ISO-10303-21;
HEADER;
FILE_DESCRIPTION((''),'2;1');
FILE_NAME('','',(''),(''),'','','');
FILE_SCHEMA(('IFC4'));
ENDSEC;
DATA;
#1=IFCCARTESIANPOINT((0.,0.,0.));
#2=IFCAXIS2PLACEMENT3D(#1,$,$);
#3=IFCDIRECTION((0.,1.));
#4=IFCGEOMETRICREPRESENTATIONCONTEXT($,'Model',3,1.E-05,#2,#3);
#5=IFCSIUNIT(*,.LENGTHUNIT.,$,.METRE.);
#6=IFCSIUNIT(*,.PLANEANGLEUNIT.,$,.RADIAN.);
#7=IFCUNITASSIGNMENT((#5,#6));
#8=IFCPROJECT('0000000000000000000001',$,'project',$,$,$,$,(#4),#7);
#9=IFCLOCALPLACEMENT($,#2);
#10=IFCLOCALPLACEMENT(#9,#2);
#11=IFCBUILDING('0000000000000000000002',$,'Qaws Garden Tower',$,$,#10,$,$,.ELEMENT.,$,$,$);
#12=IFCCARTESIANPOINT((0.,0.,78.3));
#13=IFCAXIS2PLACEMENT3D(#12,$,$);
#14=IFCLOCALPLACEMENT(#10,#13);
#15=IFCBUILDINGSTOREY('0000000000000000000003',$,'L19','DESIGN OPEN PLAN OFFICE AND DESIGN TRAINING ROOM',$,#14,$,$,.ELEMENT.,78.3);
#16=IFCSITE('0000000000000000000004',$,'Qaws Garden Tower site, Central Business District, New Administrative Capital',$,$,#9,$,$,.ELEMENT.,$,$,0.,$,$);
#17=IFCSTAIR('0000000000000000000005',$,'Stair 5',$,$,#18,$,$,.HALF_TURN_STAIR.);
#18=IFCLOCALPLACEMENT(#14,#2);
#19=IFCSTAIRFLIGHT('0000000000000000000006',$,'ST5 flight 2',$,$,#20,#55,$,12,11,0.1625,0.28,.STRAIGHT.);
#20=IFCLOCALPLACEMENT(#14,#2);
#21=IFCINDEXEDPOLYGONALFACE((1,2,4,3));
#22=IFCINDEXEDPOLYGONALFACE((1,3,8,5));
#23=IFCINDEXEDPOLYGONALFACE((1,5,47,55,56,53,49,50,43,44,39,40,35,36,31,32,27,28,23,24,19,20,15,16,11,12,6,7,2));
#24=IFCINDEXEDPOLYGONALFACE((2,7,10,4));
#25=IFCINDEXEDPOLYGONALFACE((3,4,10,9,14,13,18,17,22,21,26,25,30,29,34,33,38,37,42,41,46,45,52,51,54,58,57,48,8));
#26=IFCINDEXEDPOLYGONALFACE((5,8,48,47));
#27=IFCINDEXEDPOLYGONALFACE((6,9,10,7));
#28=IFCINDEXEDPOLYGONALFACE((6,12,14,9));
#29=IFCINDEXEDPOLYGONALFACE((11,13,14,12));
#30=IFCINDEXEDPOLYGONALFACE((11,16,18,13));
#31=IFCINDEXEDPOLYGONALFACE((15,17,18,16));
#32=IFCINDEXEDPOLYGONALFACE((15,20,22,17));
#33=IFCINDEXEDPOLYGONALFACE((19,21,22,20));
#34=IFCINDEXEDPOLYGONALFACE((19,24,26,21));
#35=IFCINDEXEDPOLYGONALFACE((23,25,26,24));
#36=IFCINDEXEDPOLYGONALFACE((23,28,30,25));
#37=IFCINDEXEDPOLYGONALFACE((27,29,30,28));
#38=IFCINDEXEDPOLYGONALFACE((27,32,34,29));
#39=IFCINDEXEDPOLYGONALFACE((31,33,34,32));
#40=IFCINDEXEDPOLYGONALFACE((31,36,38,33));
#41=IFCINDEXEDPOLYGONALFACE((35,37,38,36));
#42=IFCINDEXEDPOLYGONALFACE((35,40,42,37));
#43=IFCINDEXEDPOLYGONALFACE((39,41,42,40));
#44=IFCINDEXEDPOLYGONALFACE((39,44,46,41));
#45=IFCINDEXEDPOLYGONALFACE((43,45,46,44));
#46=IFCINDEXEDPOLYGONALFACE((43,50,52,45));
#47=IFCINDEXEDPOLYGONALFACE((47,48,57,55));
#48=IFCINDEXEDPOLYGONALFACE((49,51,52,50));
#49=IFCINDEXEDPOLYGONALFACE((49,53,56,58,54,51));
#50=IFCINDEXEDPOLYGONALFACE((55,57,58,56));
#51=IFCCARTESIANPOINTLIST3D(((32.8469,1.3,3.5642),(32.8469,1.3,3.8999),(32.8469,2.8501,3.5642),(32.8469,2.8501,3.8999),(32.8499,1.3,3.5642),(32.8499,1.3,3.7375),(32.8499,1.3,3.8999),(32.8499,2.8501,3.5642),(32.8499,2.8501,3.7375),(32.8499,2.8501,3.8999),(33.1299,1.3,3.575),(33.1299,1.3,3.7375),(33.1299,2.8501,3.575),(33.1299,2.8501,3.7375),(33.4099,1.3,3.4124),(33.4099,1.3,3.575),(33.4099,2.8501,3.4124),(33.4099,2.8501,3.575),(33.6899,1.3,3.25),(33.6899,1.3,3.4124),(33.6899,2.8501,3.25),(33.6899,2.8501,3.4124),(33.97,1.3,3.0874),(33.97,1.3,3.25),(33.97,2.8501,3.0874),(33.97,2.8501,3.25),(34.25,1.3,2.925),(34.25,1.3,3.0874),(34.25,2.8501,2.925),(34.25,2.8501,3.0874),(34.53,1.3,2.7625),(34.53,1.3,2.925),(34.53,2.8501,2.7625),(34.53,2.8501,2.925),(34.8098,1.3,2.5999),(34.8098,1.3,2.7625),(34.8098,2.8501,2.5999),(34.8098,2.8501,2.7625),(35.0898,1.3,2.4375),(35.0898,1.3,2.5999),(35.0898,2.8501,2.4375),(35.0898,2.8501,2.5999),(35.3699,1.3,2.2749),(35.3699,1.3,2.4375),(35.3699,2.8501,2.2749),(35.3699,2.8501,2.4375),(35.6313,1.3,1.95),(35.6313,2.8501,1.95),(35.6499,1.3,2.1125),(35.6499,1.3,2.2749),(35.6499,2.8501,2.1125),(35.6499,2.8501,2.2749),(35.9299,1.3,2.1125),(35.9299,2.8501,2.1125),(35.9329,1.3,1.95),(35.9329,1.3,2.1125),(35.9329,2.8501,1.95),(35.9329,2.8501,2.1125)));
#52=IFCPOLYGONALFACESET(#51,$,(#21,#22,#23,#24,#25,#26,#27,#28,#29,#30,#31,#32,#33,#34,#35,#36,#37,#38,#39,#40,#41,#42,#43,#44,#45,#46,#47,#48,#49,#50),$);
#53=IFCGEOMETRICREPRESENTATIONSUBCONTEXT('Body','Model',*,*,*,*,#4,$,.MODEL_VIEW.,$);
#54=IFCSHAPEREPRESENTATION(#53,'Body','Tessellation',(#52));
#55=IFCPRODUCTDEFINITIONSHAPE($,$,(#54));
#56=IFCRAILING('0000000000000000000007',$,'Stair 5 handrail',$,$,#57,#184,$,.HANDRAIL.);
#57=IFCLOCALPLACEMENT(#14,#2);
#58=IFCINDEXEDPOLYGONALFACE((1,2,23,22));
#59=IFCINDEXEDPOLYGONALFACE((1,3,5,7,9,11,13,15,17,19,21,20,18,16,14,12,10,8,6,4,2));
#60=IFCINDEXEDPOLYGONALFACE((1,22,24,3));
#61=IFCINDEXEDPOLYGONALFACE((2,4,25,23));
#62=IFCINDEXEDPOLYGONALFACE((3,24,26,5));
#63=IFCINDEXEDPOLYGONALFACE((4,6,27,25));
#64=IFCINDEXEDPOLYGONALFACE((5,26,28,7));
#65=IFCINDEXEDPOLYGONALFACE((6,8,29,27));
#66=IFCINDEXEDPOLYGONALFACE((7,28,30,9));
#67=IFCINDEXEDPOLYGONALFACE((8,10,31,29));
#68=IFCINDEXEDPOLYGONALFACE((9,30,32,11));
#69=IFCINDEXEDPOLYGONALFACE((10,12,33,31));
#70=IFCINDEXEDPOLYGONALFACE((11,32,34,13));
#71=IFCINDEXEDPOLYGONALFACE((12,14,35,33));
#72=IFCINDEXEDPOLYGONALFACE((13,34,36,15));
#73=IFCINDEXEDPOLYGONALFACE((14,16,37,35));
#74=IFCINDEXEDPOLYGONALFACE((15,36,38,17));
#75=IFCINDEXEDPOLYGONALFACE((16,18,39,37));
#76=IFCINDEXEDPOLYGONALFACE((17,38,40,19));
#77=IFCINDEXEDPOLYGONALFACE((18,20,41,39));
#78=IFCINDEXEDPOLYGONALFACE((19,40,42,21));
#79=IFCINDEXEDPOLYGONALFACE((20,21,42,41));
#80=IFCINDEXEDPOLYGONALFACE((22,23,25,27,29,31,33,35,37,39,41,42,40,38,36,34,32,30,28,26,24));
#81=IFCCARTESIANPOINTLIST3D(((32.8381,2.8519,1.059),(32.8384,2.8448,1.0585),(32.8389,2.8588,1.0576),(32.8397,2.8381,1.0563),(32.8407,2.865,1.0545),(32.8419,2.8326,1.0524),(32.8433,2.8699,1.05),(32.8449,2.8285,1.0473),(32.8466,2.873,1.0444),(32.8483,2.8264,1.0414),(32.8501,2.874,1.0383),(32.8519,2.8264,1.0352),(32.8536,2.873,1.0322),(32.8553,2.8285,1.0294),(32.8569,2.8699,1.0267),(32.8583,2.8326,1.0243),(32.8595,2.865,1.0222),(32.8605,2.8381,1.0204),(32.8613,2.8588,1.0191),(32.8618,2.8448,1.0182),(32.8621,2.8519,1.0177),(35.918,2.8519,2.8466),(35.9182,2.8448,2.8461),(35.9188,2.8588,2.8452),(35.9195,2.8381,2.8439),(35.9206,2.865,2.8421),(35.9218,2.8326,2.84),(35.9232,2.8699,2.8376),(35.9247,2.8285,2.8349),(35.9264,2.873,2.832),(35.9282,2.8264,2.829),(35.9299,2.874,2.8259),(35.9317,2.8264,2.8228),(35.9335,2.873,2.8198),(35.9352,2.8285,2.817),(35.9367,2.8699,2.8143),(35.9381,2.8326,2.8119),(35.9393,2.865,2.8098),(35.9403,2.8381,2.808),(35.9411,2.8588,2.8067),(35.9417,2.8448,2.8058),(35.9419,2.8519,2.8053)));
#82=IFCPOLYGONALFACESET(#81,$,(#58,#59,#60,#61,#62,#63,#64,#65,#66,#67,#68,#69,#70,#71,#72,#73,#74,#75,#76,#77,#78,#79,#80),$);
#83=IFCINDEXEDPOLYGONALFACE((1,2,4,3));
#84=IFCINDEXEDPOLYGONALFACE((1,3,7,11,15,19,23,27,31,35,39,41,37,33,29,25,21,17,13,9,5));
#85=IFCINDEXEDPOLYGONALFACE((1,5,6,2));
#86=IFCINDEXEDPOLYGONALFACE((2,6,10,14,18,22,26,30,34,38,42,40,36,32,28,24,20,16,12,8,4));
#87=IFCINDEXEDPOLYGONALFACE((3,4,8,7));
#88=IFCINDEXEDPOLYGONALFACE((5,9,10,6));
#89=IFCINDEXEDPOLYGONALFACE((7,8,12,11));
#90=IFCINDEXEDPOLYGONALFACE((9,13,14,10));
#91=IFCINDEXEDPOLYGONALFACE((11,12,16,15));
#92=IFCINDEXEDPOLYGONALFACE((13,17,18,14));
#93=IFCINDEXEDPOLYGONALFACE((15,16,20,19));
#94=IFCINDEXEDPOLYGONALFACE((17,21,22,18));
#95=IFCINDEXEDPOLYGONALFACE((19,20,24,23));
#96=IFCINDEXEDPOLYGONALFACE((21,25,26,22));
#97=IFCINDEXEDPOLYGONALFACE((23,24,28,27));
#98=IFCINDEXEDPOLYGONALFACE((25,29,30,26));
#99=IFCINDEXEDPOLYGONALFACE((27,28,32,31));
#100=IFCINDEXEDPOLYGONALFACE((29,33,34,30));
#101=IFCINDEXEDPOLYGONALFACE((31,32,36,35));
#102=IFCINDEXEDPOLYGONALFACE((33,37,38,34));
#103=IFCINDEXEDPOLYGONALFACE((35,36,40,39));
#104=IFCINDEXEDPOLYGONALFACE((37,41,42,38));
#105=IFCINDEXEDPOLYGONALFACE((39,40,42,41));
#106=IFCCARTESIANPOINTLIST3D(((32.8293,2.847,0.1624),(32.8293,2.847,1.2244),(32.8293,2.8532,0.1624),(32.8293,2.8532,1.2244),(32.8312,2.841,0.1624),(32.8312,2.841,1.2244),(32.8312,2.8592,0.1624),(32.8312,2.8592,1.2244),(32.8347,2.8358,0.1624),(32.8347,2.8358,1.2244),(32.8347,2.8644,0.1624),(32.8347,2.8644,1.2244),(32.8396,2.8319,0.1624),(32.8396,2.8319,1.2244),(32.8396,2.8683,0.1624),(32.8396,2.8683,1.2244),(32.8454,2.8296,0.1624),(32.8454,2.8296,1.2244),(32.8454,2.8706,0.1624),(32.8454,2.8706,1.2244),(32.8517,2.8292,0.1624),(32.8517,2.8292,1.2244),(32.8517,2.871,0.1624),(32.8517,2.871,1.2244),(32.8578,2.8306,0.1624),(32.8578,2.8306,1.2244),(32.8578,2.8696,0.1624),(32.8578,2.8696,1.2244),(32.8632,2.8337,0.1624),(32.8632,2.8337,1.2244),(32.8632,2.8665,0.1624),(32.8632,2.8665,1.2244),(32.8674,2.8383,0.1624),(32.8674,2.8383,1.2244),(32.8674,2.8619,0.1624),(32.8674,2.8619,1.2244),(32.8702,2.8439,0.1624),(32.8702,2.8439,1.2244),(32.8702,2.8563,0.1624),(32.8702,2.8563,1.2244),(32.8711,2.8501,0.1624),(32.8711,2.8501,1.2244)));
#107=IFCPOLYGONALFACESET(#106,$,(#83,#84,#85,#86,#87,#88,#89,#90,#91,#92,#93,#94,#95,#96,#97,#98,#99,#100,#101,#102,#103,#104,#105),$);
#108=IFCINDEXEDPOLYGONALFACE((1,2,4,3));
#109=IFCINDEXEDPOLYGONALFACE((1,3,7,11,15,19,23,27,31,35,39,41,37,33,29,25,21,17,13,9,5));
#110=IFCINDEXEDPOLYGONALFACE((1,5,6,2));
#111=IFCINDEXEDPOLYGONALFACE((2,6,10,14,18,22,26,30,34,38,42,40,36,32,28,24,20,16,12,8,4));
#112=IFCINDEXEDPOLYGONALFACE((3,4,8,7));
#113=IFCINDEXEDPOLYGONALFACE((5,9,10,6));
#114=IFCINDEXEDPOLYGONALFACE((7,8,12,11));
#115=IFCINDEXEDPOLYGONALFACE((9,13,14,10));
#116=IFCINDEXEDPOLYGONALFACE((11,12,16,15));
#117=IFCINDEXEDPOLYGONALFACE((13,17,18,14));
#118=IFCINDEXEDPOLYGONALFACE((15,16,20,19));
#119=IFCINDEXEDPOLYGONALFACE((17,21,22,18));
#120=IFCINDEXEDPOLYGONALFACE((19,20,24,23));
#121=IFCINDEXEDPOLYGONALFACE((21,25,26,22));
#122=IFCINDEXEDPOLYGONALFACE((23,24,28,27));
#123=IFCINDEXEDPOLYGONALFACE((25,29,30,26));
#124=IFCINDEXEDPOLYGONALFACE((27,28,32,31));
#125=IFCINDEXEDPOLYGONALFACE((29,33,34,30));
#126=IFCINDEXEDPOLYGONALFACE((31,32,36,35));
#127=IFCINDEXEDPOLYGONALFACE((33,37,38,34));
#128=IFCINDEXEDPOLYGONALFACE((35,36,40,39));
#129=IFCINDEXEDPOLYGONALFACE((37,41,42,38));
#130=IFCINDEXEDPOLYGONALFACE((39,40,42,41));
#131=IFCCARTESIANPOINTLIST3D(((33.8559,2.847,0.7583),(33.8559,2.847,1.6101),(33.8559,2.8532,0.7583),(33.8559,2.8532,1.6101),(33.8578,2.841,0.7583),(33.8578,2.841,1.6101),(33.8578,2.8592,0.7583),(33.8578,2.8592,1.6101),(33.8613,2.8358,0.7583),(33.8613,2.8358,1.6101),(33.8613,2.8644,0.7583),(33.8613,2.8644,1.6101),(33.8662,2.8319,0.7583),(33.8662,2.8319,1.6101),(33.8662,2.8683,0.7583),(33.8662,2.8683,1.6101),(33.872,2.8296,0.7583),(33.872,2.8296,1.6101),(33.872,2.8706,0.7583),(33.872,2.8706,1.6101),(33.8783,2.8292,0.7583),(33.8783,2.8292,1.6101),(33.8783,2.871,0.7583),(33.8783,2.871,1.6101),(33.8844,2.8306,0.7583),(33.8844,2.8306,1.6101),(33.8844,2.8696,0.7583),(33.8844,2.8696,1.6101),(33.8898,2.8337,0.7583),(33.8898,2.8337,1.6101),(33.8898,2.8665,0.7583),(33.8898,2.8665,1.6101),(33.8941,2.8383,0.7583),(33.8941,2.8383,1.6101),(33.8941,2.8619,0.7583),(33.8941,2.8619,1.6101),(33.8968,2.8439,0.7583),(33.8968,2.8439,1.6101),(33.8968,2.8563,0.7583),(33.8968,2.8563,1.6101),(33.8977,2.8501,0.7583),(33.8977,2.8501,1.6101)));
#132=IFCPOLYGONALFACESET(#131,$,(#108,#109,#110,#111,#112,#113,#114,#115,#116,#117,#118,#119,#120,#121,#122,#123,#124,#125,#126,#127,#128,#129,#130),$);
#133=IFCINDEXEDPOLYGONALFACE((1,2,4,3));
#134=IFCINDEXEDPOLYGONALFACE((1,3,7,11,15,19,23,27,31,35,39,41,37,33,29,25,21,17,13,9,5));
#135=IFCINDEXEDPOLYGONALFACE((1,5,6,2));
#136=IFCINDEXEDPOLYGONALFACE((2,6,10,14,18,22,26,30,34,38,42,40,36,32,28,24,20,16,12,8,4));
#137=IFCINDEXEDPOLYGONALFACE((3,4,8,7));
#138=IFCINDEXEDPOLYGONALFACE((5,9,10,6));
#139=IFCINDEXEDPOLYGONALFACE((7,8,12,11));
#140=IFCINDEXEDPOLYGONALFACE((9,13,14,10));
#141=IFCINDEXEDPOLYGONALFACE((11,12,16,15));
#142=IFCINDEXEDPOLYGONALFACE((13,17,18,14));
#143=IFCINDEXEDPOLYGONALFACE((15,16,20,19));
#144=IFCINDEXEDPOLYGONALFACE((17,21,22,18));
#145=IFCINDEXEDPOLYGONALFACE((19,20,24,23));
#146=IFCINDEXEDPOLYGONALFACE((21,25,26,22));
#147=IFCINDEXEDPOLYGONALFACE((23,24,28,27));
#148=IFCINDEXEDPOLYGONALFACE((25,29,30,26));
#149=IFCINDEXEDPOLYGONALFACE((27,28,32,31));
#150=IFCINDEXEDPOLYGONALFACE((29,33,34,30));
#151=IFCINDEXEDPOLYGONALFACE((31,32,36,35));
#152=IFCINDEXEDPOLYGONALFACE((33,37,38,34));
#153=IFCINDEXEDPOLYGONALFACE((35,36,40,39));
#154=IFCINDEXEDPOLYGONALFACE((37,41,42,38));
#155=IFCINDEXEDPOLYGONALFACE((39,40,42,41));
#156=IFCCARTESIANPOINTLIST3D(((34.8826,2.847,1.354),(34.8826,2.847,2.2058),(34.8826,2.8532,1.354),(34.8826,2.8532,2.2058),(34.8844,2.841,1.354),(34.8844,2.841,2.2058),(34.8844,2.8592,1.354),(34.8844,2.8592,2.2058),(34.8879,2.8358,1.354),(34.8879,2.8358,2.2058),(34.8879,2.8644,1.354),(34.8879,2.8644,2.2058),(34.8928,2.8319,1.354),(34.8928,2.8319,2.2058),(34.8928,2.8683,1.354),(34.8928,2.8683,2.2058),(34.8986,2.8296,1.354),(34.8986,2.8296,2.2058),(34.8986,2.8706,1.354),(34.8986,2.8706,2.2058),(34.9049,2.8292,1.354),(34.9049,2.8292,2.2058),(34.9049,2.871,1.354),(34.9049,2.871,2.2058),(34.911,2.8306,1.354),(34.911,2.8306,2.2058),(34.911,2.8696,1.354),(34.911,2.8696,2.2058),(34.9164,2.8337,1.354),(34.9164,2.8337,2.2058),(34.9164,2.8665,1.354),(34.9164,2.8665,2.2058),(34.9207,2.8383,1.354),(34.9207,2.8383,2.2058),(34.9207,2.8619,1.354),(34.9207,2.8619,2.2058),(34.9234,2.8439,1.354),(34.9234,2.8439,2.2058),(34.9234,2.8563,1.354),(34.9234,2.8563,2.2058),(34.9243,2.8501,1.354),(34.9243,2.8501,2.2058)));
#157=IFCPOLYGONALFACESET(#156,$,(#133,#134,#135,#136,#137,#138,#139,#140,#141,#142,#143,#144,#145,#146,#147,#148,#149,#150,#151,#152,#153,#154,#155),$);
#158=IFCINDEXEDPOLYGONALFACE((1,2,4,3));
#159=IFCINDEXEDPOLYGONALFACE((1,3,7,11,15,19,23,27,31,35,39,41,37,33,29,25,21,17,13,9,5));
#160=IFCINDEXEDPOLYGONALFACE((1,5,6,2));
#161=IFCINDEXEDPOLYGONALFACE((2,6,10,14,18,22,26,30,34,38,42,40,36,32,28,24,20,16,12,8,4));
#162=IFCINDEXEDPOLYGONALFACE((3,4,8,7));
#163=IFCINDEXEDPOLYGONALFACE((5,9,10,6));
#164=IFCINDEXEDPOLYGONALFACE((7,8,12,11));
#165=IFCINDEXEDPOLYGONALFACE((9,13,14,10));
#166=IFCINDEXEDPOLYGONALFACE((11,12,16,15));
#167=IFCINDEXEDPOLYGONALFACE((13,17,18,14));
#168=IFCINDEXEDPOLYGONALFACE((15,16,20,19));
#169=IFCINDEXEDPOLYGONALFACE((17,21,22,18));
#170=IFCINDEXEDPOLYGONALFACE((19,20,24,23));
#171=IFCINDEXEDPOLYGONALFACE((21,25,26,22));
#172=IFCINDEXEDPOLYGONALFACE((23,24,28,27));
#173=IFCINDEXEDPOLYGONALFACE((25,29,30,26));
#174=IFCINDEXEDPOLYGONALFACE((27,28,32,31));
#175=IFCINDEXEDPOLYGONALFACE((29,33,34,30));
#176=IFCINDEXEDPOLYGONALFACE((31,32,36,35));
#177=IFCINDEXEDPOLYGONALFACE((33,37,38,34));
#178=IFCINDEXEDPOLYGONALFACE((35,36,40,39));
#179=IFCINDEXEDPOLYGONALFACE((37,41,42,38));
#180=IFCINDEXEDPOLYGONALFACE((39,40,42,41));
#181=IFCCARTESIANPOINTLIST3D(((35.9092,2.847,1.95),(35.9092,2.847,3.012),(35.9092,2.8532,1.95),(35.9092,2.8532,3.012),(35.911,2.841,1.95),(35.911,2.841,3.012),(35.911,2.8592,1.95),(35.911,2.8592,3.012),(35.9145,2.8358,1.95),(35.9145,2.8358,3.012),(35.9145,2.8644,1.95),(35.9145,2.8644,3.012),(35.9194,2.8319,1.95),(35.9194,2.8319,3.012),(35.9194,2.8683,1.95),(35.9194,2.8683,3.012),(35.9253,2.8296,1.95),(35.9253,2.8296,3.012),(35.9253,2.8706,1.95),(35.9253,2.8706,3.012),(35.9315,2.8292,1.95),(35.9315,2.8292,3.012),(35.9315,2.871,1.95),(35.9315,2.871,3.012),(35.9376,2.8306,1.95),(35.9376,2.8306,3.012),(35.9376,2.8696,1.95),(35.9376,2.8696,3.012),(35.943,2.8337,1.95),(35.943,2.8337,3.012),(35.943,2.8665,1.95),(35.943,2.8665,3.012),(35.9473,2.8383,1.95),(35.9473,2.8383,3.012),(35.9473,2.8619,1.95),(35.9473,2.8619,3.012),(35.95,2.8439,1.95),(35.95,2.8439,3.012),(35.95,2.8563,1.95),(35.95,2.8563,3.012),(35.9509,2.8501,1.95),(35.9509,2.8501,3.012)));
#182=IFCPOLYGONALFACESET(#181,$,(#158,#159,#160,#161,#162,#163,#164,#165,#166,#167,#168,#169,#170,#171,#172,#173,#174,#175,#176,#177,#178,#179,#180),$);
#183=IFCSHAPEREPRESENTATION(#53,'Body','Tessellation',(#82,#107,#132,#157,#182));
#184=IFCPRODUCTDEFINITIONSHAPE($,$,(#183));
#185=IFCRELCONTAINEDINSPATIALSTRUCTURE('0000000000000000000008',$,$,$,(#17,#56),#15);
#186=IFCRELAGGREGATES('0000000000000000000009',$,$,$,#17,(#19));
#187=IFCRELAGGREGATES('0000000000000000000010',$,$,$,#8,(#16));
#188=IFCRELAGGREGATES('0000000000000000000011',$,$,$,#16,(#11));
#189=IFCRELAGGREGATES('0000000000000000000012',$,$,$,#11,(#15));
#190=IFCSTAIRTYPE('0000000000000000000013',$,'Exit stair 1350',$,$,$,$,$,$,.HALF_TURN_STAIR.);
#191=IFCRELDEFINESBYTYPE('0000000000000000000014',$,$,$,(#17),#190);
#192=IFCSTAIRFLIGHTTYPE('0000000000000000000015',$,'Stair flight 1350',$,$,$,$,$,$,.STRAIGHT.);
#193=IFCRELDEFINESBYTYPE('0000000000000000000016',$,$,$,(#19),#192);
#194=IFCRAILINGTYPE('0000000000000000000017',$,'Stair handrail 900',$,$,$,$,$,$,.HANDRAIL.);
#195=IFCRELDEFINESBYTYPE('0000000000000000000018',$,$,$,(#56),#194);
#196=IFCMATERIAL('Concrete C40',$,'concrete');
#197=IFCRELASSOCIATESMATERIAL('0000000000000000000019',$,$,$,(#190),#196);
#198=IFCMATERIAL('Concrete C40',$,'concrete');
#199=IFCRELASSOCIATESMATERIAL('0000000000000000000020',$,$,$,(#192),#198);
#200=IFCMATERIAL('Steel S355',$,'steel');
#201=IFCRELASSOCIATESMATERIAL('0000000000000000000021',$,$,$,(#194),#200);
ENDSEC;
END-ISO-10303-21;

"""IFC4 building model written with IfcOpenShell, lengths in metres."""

from ifc_helpers import new_model, si_unit, direction, frame, origin, origin_2d, place, context, subcontext, project, spatial, polyline, circle, outline, extrude, material, type_object, element, aggregate, save


model = new_model("IFC4")

# Units and contexts
model_context = context("Model", 3, precision=1e-05, world=origin(), true_north=direction((0.0, 1.0)))
body_context = subcontext(model_context, "Body", "Model", "MODEL_VIEW")
ifc_project = project(units=[si_unit("LENGTHUNIT", "METRE"), si_unit("PLANEANGLEUNIT", "RADIAN")], contexts=[model_context])

# Site, building, storey
site_placement = place(None, origin())
site = spatial("IfcSite", under=ifc_project, at=site_placement, Name="Qaws Garden Tower site, Central Business District, New Administrative Capital", CompositionType="ELEMENT", RefElevation=0.0)
building_placement = place(site_placement, origin())
building = spatial("IfcBuilding", under=site, at=building_placement, Name="Qaws Garden Tower", CompositionType="ELEMENT")
storey_placement = place(building_placement, frame((0.0, 0.0, 78.3)))
storey = spatial("IfcBuildingStorey", under=building, at=storey_placement, Name="L19", Description="DESIGN OPEN PLAN OFFICE AND DESIGN TRAINING ROOM", CompositionType="ELEMENT", Elevation=78.3)

# Stair, stair flight
ifc_material_1 = material(Name="Concrete C40", Category="concrete")
stair_type = type_object("IfcStairType", Name="Exit stair 1350", PredefinedType="HALF_TURN_STAIR", material=ifc_material_1)
stair_placement = place(storey_placement, origin())
stair = element("IfcStair", 1, at=stair_placement, inside=storey, type_object=stair_type, Name="Stair 5", PredefinedType="HALF_TURN_STAIR")
ifc_material_2 = material(Name="Concrete C40", Category="concrete")
stair_flight_type = type_object("IfcStairFlightType", Name="Stair flight 1350", PredefinedType="STRAIGHT", material=ifc_material_2)
stair_flight_1_placement = place(storey_placement, frame((35.9299, 2.075, 1.95), z_axis=(0.0, 0.0, 1.0), x_axis=(-1.0, 0.0, 0.0)))
stair_flight_1 = element("IfcStairFlight", 2, at=stair_flight_1_placement, type_object=stair_flight_type, Name="ST5 flight 2", NumberOfRisers=12, NumberOfTreads=11, PredefinedType="STRAIGHT", RiserHeight=0.1625, TreadLength=0.28, context=body_context, shape_type="SweptSolid", body=[
    extrude(outline(polyline([(-0.0029, 0.0), (-0.0029, 0.1626), (0.0, 0.1626), (0.28, 0.1626), (0.28, 0.325), (0.5601, 0.325), (0.5601, 0.4875), (0.8401, 0.4875), (0.8401, 0.6499), (1.1201, 0.6499), (1.1201, 0.8125), (1.3999, 0.8125), (1.3999, 0.9751), (1.6799, 0.9751), (1.6799, 1.1375), (1.96, 1.1375), (1.96, 1.3), (2.24, 1.3), (2.24, 1.4624), (2.52, 1.4624), (2.52, 1.625), (2.8, 1.625), (2.8, 1.7876), (3.0801, 1.7876), (3.0801, 1.95), (3.083, 1.95), (3.083, 1.6143), (3.0801, 1.6143), (0.2986, 0.0), (-0.0029, 0.0)])), frame((0.0, 0.7749, 0.0), z_axis=(0.0, -1.0, 0.0), x_axis=(1.0, 0.0, 0.0)), (0.0, 0.0, 1.0), 1.55),
])
aggregate(stair, [stair_flight_1])

# Railing
ifc_material_3 = material(Name="Steel S355", Category="steel")
railing_type = type_object("IfcRailingType", Name="Stair handrail 900", PredefinedType="HANDRAIL", material=ifc_material_3)
railing_1_placement = place(storey_placement, frame((32.8501, 2.8501, 0.1624)))
element("IfcRailing", 3, at=railing_1_placement, inside=storey, type_object=railing_type, Name="Stair 5 handrail", PredefinedType="HANDRAIL", context=body_context, shape_type="SweptSolid", body=[
    extrude(circle(Radius=0.0239, at=origin_2d()), frame((0.0, 0.0, 0.876), z_axis=(0.864873, 0.0, 0.50199), x_axis=(0.0, 1.0, 0.0)), (0.0, 0.0, 1.0), 3.561),
    extrude(circle(Radius=0.021, at=origin_2d()), origin(), (0.0, 0.0, 1.0), 1.062),
    extrude(circle(Radius=0.021, at=origin_2d()), frame((1.0266, 0.0, 0.5959)), (0.0, 0.0, 1.0), 0.8518),
    extrude(circle(Radius=0.021, at=origin_2d()), frame((2.0532, 0.0, 1.1917)), (0.0, 0.0, 1.0), 0.8518),
    extrude(circle(Radius=0.021, at=origin_2d()), frame((3.0798, 0.0, 1.7876)), (0.0, 0.0, 1.0), 1.062),
])

save(model, "model.ifc")
